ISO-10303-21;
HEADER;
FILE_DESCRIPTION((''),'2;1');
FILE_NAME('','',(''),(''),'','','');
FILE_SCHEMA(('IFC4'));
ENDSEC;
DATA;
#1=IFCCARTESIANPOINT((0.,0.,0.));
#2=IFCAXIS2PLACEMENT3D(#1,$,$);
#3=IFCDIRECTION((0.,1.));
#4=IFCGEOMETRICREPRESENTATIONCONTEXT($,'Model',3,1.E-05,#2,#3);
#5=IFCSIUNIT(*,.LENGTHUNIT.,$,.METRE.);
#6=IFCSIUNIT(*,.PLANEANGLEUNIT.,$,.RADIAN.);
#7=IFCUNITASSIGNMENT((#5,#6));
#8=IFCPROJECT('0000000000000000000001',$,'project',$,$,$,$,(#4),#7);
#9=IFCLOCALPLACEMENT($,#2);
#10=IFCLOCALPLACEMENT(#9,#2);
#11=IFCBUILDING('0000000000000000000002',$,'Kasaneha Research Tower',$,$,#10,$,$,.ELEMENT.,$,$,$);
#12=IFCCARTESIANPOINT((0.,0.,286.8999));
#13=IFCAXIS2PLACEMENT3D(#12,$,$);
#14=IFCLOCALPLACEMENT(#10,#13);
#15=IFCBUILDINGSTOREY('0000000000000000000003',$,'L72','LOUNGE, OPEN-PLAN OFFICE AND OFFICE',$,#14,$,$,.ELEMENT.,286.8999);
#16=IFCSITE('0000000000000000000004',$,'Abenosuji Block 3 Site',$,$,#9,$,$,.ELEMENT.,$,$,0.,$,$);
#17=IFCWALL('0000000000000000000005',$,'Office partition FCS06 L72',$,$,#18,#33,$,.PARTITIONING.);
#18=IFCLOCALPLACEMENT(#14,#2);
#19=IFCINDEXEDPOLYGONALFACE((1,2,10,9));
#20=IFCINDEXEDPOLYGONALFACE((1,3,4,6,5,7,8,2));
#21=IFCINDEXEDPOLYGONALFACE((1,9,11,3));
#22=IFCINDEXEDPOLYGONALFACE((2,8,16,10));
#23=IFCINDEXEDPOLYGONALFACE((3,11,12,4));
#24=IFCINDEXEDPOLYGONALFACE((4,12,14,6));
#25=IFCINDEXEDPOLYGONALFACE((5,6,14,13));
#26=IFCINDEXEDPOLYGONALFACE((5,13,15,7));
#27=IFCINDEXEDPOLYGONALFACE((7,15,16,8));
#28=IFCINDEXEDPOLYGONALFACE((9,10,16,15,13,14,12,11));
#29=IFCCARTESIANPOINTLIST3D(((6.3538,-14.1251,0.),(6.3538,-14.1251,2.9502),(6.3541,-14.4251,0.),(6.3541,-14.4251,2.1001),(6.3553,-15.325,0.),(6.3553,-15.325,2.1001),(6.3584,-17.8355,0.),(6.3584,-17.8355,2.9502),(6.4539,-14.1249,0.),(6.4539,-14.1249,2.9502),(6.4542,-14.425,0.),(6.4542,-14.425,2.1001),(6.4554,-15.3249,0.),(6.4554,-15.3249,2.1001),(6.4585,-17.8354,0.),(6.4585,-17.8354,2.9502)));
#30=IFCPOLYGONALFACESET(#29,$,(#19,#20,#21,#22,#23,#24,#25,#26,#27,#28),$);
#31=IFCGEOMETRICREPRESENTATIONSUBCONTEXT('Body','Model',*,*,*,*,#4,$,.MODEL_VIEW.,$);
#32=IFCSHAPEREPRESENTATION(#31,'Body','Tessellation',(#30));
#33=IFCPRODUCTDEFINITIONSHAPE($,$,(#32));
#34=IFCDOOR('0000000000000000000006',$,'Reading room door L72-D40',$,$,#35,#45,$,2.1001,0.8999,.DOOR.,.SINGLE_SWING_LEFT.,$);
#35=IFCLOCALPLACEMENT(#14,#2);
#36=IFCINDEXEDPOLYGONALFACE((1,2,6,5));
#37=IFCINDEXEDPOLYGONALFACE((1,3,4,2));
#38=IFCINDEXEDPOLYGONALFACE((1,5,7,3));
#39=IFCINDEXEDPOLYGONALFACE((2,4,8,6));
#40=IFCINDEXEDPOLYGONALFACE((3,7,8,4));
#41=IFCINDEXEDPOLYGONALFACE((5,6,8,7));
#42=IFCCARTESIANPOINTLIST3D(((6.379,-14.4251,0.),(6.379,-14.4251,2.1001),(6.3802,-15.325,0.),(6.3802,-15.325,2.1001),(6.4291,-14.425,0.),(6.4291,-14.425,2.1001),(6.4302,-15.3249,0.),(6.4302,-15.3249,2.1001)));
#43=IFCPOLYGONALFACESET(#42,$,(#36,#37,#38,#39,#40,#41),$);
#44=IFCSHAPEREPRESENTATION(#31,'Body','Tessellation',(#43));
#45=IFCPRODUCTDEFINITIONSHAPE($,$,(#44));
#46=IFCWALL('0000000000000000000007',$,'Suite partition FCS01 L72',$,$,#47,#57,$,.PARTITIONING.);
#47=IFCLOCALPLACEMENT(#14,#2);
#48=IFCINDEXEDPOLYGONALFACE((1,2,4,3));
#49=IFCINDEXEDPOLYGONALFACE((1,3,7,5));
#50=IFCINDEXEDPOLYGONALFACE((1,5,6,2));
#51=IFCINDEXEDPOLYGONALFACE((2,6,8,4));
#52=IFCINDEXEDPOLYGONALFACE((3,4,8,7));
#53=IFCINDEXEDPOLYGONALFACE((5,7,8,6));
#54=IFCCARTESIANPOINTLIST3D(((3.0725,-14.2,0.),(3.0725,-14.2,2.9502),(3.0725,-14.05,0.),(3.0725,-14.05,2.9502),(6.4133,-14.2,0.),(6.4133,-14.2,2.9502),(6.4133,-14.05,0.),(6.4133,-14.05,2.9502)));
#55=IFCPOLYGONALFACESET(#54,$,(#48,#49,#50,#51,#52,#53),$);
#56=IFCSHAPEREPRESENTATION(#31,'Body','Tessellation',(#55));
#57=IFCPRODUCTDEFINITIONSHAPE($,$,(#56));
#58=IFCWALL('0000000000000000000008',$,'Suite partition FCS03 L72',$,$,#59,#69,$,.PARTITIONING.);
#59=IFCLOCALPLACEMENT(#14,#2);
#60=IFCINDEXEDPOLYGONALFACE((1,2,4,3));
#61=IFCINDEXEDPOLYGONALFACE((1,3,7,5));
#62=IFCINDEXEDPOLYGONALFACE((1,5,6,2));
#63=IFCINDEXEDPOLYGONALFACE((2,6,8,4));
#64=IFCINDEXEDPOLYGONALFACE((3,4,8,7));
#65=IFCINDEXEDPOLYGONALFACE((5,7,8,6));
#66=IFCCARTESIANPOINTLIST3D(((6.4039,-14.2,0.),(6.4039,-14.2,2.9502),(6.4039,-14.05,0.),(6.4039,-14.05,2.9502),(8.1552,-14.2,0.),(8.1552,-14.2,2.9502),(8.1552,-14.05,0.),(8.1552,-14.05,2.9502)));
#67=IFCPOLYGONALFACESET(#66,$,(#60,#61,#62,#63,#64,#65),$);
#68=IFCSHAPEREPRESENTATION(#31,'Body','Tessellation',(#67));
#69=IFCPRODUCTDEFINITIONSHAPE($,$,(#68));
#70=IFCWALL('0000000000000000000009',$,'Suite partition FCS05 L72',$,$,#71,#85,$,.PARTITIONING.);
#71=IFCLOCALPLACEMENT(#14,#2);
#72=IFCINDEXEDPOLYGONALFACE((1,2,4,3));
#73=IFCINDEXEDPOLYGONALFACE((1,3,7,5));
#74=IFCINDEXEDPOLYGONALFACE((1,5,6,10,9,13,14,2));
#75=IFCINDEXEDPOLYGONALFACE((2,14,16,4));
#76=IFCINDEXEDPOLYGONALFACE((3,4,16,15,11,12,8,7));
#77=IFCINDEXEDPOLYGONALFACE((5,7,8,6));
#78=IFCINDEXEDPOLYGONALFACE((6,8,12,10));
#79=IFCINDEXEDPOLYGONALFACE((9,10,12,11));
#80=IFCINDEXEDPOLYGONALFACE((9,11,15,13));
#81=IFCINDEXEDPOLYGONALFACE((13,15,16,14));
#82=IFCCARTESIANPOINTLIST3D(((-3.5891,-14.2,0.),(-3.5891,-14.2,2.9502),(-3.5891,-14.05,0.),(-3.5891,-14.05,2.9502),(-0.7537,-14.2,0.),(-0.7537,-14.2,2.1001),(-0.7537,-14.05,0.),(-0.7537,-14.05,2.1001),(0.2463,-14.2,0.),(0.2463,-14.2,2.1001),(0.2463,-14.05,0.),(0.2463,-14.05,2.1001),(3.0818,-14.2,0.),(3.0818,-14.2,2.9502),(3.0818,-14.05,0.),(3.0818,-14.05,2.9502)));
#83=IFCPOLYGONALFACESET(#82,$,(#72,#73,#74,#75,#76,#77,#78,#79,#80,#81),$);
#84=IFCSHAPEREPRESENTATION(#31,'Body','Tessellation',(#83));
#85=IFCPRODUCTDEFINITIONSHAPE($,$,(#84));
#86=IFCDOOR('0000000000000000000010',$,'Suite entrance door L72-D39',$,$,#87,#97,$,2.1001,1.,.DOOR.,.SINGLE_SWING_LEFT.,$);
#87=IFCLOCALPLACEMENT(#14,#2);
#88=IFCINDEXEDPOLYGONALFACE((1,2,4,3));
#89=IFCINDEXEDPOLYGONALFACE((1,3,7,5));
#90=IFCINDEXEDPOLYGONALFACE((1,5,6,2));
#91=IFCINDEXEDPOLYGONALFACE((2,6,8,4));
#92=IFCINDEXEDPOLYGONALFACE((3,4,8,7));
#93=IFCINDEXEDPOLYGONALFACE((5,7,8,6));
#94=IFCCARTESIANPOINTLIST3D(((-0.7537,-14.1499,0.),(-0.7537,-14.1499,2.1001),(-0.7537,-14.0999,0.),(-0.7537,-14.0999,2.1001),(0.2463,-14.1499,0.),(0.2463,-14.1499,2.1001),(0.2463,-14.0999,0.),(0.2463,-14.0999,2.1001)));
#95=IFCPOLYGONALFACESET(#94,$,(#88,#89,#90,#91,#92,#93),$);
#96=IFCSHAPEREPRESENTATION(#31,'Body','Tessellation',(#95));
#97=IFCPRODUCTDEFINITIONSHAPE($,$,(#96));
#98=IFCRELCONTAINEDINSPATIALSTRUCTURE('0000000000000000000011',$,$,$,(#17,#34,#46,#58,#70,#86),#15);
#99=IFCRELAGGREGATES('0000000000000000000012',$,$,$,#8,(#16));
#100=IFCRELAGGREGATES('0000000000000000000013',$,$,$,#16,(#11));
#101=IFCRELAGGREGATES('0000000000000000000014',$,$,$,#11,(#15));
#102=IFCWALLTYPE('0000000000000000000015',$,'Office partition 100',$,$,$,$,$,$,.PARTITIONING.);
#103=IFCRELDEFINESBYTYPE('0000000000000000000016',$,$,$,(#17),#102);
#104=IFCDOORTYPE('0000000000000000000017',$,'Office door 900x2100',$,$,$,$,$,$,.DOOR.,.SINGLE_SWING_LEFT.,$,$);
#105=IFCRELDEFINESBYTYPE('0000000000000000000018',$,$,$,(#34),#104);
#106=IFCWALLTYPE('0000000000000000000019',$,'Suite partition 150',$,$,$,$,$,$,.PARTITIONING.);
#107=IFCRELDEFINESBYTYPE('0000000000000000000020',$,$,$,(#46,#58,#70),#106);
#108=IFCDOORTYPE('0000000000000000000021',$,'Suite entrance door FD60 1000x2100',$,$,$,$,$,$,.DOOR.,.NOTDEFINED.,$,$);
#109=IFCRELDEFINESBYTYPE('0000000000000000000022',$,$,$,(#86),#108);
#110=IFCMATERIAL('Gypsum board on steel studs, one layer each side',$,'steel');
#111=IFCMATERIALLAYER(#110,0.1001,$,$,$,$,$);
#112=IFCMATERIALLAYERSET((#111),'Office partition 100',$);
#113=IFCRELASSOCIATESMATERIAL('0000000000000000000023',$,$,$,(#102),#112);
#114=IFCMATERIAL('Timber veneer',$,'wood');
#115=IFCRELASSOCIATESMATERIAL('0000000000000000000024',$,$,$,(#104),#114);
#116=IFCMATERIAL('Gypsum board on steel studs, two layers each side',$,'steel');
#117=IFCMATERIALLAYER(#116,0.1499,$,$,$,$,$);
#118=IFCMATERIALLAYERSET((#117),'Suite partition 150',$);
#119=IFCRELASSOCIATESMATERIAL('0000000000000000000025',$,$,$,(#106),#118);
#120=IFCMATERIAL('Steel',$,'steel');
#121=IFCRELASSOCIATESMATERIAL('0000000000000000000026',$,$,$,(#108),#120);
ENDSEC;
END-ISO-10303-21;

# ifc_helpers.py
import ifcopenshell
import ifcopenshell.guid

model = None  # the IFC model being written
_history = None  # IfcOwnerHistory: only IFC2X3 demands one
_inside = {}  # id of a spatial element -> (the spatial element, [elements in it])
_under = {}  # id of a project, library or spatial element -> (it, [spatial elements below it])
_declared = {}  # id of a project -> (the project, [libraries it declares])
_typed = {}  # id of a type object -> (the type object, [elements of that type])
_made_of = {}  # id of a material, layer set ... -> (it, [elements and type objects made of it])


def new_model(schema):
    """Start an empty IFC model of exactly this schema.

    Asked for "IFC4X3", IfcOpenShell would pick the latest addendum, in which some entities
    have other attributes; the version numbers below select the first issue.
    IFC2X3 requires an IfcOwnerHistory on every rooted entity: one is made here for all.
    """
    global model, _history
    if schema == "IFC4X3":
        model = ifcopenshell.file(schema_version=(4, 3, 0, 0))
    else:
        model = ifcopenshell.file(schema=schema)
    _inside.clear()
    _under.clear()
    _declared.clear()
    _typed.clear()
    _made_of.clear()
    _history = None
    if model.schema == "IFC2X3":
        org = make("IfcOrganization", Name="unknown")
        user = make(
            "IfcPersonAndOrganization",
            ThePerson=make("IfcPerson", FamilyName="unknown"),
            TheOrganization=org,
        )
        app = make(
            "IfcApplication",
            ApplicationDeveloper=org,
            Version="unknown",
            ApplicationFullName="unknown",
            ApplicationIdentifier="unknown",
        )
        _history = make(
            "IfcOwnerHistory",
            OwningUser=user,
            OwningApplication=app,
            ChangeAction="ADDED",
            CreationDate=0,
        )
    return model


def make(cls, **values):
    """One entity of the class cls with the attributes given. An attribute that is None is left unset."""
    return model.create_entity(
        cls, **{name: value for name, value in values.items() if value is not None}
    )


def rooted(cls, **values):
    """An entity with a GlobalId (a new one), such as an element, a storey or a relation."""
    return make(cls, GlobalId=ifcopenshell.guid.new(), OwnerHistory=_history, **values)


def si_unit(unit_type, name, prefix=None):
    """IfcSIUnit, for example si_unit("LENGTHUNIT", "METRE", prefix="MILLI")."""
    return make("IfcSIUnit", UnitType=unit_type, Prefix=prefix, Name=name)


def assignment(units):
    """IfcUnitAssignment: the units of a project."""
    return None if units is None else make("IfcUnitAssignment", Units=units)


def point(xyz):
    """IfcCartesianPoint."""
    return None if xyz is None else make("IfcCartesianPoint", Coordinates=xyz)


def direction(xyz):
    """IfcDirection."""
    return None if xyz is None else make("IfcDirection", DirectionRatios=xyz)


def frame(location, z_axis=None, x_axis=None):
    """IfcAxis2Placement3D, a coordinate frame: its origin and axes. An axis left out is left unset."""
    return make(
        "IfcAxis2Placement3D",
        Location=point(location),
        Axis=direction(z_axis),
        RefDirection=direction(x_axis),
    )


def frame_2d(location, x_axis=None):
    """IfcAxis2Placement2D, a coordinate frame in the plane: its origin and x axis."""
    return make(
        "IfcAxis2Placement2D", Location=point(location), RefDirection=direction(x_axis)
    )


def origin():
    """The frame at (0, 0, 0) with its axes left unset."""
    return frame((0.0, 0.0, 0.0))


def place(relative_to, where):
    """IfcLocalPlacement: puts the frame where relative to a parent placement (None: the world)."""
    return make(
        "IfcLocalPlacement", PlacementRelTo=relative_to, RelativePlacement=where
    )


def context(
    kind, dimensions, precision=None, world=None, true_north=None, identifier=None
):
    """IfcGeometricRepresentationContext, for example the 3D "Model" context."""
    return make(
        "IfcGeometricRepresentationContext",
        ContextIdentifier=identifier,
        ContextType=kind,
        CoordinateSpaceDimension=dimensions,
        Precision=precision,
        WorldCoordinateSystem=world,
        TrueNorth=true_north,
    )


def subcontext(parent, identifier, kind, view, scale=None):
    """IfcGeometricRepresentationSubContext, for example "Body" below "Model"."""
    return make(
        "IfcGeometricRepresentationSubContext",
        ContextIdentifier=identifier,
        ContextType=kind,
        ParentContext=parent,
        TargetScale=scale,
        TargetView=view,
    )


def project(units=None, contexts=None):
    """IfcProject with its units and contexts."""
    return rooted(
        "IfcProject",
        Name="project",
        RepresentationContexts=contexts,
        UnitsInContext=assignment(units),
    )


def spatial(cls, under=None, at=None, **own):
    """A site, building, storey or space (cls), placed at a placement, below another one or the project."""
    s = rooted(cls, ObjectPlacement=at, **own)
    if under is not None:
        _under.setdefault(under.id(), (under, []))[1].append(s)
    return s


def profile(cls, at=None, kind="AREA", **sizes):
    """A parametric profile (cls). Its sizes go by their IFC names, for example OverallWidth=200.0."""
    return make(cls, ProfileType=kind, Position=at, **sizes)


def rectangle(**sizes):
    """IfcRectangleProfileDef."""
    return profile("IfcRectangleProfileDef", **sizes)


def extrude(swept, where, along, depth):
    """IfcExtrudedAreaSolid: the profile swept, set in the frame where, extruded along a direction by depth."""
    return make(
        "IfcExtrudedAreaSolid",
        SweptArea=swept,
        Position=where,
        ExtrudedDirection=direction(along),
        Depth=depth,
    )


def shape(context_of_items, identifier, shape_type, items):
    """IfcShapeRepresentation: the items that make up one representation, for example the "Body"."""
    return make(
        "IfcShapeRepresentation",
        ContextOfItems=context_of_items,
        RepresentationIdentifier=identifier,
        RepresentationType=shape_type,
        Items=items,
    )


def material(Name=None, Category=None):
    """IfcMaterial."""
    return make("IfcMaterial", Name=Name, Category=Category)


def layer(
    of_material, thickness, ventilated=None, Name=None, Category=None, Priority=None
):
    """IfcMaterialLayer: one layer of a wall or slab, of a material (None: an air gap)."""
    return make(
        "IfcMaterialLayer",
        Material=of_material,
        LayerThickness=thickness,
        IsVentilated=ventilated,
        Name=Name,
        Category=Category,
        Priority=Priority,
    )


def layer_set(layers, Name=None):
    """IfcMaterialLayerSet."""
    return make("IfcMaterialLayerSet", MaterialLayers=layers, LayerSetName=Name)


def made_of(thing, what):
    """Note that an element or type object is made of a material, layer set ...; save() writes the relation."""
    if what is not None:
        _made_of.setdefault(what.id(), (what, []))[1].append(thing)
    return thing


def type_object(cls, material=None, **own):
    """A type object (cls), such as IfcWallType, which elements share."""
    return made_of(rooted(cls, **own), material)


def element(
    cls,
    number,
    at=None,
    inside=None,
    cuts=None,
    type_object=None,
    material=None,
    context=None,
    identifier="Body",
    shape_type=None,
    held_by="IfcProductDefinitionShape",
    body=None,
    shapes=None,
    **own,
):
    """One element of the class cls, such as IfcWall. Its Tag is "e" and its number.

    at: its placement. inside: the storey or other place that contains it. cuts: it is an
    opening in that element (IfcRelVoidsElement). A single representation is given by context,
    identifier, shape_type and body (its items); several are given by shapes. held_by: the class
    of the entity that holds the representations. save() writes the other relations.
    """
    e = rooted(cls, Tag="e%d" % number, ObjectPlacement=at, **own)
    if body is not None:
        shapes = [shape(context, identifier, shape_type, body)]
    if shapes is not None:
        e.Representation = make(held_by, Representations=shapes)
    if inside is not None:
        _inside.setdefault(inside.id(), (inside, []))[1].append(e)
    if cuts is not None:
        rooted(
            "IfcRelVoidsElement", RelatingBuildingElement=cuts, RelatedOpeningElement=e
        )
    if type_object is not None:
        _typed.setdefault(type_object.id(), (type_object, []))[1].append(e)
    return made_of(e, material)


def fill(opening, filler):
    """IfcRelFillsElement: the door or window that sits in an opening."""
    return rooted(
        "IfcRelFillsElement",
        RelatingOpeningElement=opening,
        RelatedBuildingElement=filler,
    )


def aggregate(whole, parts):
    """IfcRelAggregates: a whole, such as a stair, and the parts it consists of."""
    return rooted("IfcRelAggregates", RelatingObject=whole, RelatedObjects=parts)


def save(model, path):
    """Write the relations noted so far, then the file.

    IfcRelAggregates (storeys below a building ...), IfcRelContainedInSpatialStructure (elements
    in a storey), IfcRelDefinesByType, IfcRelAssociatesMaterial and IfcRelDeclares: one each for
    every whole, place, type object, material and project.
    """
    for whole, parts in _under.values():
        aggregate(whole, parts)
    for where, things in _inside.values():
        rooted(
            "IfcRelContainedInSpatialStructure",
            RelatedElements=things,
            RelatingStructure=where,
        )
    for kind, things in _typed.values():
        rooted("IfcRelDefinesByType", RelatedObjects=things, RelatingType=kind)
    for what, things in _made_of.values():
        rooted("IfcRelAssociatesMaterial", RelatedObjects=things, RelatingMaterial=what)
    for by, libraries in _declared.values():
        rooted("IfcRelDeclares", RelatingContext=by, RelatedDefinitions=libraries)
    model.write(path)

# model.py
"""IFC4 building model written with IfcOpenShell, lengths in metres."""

from ifc_helpers import new_model, si_unit, direction, frame, frame_2d, origin, place, context, subcontext, project, spatial, rectangle, extrude, material, layer, layer_set, type_object, element, fill, save


model = new_model("IFC4")

# Units and contexts
model_context = context("Model", 3, precision=1e-05, world=origin(), true_north=direction((0.0, 1.0)))
body_context = subcontext(model_context, "Body", "Model", "MODEL_VIEW")
ifc_project = project(units=[si_unit("LENGTHUNIT", "METRE"), si_unit("PLANEANGLEUNIT", "RADIAN")], contexts=[model_context])

# Site, building, storey
site_placement = place(None, origin())
site = spatial("IfcSite", under=ifc_project, at=site_placement, Name="Abenosuji Block 3 Site", CompositionType="ELEMENT", RefElevation=0.0)
building_placement = place(site_placement, origin())
building = spatial("IfcBuilding", under=site, at=building_placement, Name="Kasaneha Research Tower", CompositionType="ELEMENT")
storey_placement = place(building_placement, frame((0.0, 0.0, 286.8999)))
storey = spatial("IfcBuildingStorey", under=building, at=storey_placement, Name="L72", Description="LOUNGE, OPEN-PLAN OFFICE AND OFFICE", CompositionType="ELEMENT", Elevation=286.8999)

# Wall, opening, door
ifc_material_1 = material(Name="Gypsum board on steel studs, one layer each side", Category="steel")
ifc_layer_1 = layer(ifc_material_1, 0.1001)
ifc_layer_set_1 = layer_set([ifc_layer_1], Name="Office partition 100")
wall_type_1 = type_object("IfcWallType", Name="Office partition 100", PredefinedType="PARTITIONING", material=ifc_layer_set_1)
wall_1_placement = place(storey_placement, frame((6.4038, -14.125, 0.0), z_axis=(0.0, 0.0, 1.0), x_axis=(0.00125, -0.999999, 0.0)))
wall_1 = element("IfcWall", 1, at=wall_1_placement, inside=storey, type_object=wall_type_1, Name="Office partition FCS06 L72", PredefinedType="PARTITIONING", context=body_context, shape_type="SweptSolid", body=[
    extrude(rectangle(XDim=3.7104, YDim=0.1001, at=frame_2d((1.8552, 0.0))), origin(), (0.0, 0.0, 1.0), 2.9502),
])
opening_1_placement = place(wall_1_placement, frame((0.3, 0.0, 0.0)))
opening_1 = element("IfcOpeningElement", 2, at=opening_1_placement, cuts=wall_1, PredefinedType="OPENING", context=body_context, shape_type="SweptSolid", body=[
    extrude(rectangle(XDim=0.8999, YDim=2.1001, at=frame_2d((0.45, 1.05))), frame((0.0, 0.0601, 0.0), z_axis=(0.0, -1.0, 0.0), x_axis=(1.0, 0.0, 0.0)), (0.0, 0.0, 1.0), 0.1201),
])
ifc_material_2 = material(Name="Timber veneer", Category="wood")
door_type_1 = type_object("IfcDoorType", Name="Office door 900x2100", OperationType="SINGLE_SWING_LEFT", PredefinedType="DOOR", material=ifc_material_2)
door_1_placement = place(opening_1_placement, origin())
door_1 = element("IfcDoor", 3, at=door_1_placement, inside=storey, type_object=door_type_1, Name="Reading room door L72-D40", OperationType="SINGLE_SWING_LEFT", OverallHeight=2.1001, OverallWidth=0.8999, PredefinedType="DOOR", context=body_context, shape_type="SweptSolid", body=[
    extrude(rectangle(XDim=0.8999, YDim=2.1001, at=frame_2d((0.45, 1.05))), frame((0.0, 0.0249, 0.0), z_axis=(0.0, -1.0, 0.0), x_axis=(1.0, 0.0, 0.0)), (0.0, 0.0, 1.0), 0.05),
])
fill(opening_1, door_1)

# Walls
ifc_material_3 = material(Name="Gypsum board on steel studs, two layers each side", Category="steel")
ifc_layer_2 = layer(ifc_material_3, 0.1499)
ifc_layer_set_2 = layer_set([ifc_layer_2], Name="Suite partition 150")
wall_type_2 = type_object("IfcWallType", Name="Suite partition 150", PredefinedType="PARTITIONING", material=ifc_layer_set_2)
wall_2_placement = place(storey_placement, frame((6.4133, -14.125, 0.0), z_axis=(0.0, 0.0, 1.0), x_axis=(-1.0, 0.0, 0.0)))
element("IfcWall", 4, at=wall_2_placement, inside=storey, type_object=wall_type_2, Name="Suite partition FCS01 L72", PredefinedType="PARTITIONING", context=body_context, shape_type="SweptSolid", body=[
    extrude(rectangle(XDim=3.3408, YDim=0.1499, at=frame_2d((1.6704, 0.0))), origin(), (0.0, 0.0, 1.0), 2.9502),
])
wall_3_placement = place(storey_placement, frame((8.155, -14.125, 0.0), z_axis=(0.0, 0.0, 1.0), x_axis=(-1.0, 0.0, 0.0)))
element("IfcWall", 5, at=wall_3_placement, inside=storey, type_object=wall_type_2, Name="Suite partition FCS03 L72", PredefinedType="PARTITIONING", context=body_context, shape_type="SweptSolid", body=[
    extrude(rectangle(XDim=1.7512, YDim=0.1499, at=frame_2d((0.8755, 0.0))), origin(), (0.0, 0.0, 1.0), 2.9502),
])

# Wall, opening, door
wall_4_placement = place(storey_placement, frame((3.0818, -14.125, 0.0), z_axis=(0.0, 0.0, 1.0), x_axis=(-1.0, 0.0, 0.0)))
wall_4 = element("IfcWall", 6, at=wall_4_placement, inside=storey, type_object=wall_type_2, Name="Suite partition FCS05 L72", PredefinedType="PARTITIONING", context=body_context, shape_type="SweptSolid", body=[
    extrude(rectangle(XDim=6.6709, YDim=0.1499, at=frame_2d((3.3354, 0.0))), origin(), (0.0, 0.0, 1.0), 2.9502),
])
opening_2_placement = place(wall_4_placement, frame((2.8354, 0.0, 0.0)))
opening_2 = element("IfcOpeningElement", 7, at=opening_2_placement, cuts=wall_4, PredefinedType="OPENING", context=body_context, shape_type="SweptSolid", body=[
    extrude(rectangle(XDim=1.0, YDim=2.1001, at=frame_2d((0.5, 1.05))), frame((0.0, 0.085, 0.0), z_axis=(0.0, -1.0, 0.0), x_axis=(1.0, 0.0, 0.0)), (0.0, 0.0, 1.0), 0.1699),
])
ifc_material_4 = material(Name="Steel", Category="steel")
door_type_2 = type_object("IfcDoorType", Name="Suite entrance door FD60 1000x2100", OperationType="NOTDEFINED", PredefinedType="DOOR", material=ifc_material_4)
door_2_placement = place(opening_2_placement, origin())
door_2 = element("IfcDoor", 8, at=door_2_placement, inside=storey, type_object=door_type_2, Name="Suite entrance door L72-D39", OperationType="SINGLE_SWING_LEFT", OverallHeight=2.1001, OverallWidth=1.0, PredefinedType="DOOR", context=body_context, shape_type="SweptSolid", body=[
    extrude(rectangle(XDim=1.0, YDim=2.1001, at=frame_2d((0.5, 1.05))), frame((0.0, 0.0249, 0.0), z_axis=(0.0, -1.0, 0.0), x_axis=(1.0, 0.0, 0.0)), (0.0, 0.0, 1.0), 0.05),
])
fill(opening_2, door_2)

save(model, "model.ifc")
